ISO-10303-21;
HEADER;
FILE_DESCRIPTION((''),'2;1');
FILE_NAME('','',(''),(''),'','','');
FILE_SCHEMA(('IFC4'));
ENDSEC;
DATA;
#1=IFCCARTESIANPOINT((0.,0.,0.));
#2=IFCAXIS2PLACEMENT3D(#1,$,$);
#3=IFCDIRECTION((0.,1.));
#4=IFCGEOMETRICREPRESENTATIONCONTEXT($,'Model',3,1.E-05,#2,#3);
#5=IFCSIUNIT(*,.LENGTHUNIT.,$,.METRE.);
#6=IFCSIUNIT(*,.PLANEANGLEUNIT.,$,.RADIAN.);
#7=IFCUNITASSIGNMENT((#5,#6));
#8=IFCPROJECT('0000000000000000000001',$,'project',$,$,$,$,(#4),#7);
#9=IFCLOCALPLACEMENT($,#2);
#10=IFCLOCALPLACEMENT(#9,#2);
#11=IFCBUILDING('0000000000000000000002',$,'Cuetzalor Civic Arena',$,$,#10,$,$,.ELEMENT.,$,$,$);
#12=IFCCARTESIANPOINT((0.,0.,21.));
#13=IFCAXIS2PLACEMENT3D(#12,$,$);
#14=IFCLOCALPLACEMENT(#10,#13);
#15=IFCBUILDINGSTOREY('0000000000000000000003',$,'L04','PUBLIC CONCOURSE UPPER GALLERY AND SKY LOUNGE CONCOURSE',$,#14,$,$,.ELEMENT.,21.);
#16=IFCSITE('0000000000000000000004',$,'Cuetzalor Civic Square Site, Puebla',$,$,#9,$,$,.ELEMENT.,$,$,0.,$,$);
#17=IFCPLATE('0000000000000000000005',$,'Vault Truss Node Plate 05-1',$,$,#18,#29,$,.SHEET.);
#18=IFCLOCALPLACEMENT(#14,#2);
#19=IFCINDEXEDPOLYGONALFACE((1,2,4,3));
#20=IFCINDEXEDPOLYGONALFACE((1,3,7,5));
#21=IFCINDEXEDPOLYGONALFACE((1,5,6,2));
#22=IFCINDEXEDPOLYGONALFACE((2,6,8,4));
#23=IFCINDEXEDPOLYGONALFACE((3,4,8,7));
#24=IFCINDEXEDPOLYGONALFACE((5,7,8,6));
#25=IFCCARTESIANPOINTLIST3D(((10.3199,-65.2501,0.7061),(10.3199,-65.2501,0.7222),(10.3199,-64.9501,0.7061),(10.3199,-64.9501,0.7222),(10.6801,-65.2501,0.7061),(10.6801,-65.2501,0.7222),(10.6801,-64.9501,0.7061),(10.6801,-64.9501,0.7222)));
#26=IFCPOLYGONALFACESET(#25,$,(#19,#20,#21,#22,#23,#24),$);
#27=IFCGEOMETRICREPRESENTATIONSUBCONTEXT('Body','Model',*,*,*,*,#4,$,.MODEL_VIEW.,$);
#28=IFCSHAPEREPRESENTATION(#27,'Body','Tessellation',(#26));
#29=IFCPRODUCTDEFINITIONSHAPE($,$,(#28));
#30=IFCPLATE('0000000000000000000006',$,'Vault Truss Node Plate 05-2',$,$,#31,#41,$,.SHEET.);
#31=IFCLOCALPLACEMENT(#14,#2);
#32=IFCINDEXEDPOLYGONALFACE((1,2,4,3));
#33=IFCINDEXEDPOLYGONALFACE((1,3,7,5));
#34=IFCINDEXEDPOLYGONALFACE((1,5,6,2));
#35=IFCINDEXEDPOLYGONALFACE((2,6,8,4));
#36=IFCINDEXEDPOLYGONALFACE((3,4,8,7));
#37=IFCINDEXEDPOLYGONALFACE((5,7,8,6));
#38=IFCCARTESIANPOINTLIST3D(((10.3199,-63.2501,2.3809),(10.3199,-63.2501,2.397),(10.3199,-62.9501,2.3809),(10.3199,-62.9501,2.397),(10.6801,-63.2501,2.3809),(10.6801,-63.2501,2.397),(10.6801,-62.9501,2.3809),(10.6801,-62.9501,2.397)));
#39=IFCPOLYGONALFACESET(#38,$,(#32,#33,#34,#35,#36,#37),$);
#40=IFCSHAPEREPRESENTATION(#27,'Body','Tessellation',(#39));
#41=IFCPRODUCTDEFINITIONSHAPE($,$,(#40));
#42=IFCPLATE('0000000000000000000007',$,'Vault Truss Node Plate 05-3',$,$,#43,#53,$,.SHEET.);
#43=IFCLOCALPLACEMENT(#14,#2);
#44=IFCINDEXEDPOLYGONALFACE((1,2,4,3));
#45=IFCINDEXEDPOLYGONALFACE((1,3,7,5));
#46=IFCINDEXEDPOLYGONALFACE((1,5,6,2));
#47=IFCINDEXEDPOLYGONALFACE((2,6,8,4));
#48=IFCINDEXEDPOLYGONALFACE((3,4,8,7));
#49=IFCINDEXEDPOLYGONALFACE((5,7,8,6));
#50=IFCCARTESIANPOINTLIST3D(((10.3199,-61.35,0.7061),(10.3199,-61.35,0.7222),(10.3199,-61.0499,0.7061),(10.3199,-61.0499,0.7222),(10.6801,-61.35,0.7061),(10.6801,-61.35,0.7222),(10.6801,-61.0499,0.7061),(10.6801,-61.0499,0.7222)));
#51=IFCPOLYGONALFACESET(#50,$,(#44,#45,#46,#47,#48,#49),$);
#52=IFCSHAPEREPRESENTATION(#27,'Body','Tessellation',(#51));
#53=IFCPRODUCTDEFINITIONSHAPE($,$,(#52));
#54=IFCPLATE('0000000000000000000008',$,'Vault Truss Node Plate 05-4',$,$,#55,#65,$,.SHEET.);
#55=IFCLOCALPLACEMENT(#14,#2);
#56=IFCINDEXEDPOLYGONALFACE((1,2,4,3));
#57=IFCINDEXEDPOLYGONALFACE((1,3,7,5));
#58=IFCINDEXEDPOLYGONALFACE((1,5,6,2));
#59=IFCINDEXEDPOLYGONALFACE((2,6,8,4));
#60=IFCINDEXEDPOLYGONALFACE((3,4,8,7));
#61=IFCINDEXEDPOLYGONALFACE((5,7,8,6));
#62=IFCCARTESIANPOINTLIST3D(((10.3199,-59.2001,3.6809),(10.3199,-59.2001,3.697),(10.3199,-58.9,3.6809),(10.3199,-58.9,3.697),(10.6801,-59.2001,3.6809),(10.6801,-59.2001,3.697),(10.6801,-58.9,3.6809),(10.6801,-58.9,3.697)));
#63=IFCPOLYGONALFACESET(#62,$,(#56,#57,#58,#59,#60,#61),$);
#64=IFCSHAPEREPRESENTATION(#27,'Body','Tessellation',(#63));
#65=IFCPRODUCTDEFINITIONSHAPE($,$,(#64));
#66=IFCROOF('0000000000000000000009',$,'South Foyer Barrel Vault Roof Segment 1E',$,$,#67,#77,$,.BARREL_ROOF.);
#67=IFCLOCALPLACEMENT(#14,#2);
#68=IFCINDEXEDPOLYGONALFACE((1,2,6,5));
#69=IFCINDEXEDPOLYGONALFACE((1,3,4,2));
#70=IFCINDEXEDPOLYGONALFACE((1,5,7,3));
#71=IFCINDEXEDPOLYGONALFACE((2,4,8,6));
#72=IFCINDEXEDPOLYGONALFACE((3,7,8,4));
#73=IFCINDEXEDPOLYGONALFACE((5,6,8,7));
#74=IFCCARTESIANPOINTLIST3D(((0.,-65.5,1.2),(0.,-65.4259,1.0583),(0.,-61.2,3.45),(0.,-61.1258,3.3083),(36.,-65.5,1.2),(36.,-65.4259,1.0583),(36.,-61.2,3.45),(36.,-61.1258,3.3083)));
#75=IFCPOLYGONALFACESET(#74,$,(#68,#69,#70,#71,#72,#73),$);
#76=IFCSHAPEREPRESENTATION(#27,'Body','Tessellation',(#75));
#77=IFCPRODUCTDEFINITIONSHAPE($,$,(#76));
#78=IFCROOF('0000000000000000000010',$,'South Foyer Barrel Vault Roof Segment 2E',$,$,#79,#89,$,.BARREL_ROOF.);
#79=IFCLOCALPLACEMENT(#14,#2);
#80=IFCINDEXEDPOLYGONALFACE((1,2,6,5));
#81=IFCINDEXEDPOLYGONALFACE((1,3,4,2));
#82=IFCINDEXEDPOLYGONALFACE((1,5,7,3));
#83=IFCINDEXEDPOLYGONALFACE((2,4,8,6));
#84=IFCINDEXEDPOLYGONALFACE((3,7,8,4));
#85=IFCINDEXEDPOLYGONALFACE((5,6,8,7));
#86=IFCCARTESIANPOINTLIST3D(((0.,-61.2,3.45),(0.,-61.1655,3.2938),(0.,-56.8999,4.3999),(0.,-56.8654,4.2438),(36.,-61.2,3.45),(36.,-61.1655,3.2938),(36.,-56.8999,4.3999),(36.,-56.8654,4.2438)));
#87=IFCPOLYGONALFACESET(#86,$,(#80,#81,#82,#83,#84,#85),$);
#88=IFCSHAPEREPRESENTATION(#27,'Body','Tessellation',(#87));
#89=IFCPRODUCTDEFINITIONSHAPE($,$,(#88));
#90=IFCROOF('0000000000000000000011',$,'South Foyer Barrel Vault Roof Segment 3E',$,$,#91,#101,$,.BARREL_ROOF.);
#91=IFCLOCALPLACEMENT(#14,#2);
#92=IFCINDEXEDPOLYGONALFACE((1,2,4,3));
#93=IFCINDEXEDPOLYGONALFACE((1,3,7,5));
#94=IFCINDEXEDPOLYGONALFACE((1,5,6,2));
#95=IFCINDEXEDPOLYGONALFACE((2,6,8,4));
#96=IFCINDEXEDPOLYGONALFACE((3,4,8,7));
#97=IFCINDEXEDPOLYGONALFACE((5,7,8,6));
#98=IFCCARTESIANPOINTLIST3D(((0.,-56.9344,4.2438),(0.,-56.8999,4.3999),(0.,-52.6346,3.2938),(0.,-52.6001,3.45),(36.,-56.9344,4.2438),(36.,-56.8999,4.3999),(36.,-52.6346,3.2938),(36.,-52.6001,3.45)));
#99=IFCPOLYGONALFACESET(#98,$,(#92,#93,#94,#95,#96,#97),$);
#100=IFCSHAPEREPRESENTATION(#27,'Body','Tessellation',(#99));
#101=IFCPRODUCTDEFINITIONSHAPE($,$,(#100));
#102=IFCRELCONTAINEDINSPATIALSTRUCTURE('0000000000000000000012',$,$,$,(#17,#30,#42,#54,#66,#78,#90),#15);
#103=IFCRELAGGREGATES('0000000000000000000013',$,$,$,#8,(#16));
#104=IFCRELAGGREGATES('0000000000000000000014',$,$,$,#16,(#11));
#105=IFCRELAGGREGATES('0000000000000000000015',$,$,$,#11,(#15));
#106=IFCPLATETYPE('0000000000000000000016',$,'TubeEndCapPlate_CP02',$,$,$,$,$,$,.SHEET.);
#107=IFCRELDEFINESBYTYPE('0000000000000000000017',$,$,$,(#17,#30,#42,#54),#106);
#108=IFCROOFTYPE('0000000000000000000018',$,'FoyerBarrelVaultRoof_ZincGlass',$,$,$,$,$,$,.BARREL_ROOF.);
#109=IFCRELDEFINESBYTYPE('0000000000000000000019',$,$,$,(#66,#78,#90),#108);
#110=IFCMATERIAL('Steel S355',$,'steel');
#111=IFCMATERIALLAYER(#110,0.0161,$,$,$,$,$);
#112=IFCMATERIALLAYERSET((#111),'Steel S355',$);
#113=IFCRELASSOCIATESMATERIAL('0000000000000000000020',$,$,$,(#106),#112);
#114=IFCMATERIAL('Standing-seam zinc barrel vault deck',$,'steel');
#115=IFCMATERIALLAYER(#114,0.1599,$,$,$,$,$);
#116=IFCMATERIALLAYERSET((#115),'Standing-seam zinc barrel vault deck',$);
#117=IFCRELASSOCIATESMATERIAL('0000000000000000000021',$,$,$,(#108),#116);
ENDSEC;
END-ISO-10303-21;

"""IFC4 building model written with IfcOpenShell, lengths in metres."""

from ifc_helpers import new_model, si_unit, direction, frame, origin, origin_2d, place, context, subcontext, project, spatial, polyline, rectangle, outline, extrude, material, layer, layer_set, type_object, element, save


model = new_model("IFC4")

# Units and contexts
model_context = context("Model", 3, precision=1e-05, world=origin(), true_north=direction((0.0, 1.0)))
body_context = subcontext(model_context, "Body", "Model", "MODEL_VIEW")
ifc_project = project(units=[si_unit("LENGTHUNIT", "METRE"), si_unit("PLANEANGLEUNIT", "RADIAN")], contexts=[model_context])

# Site, building, storey
site_placement = place(None, origin())
site = spatial("IfcSite", under=ifc_project, at=site_placement, Name="Cuetzalor Civic Square Site, Puebla", CompositionType="ELEMENT", RefElevation=0.0)
building_placement = place(site_placement, origin())
building = spatial("IfcBuilding", under=site, at=building_placement, Name="Cuetzalor Civic Arena", CompositionType="ELEMENT")
storey_placement = place(building_placement, frame((0.0, 0.0, 21.0)))
storey = spatial("IfcBuildingStorey", under=building, at=storey_placement, Name="L04", Description="PUBLIC CONCOURSE UPPER GALLERY AND SKY LOUNGE CONCOURSE", CompositionType="ELEMENT", Elevation=21.0)

# Plates
ifc_material_1 = material(Name="Steel S355", Category="steel")
ifc_layer_1 = layer(ifc_material_1, 0.0161)
ifc_layer_set_1 = layer_set([ifc_layer_1], Name="Steel S355")
plate_type_1 = type_object("IfcPlateType", Name="TubeEndCapPlate_CP02", PredefinedType="SHEET", material=ifc_layer_set_1)
for number, where, z_axis, x_axis, name in (
    (1, (10.5, -65.1001, 0.7061), (0.0, 0.0, 1.0), (1.0, 0.0, 0.0), "Vault Truss Node Plate 05-1"),
    (2, (10.5, -63.1001, 2.3809), (0.0, 0.0, 1.0), (1.0, 0.0, 0.0), "Vault Truss Node Plate 05-2"),
    (3, (10.5, -61.2, 0.7061), (0.0, 0.0, 1.0), (1.0, 0.0, 0.0), "Vault Truss Node Plate 05-3"),
    (4, (10.5, -59.05, 3.6809), (0.0, 0.0, 1.0), (1.0, 0.0, 0.0), "Vault Truss Node Plate 05-4"),
):
    element("IfcPlate", number, at=place(storey_placement, frame(where, z_axis=z_axis, x_axis=x_axis)), inside=storey, type_object=plate_type_1, Name=name, PredefinedType="SHEET", context=body_context, shape_type="SweptSolid", body=[
        extrude(rectangle(XDim=0.3601, YDim=0.3, at=origin_2d()), origin(), (0.0, 0.0, 1.0), 0.0161),
    ])

# Roofs
ifc_material_2 = material(Name="Standing-seam zinc barrel vault deck", Category="steel")
ifc_layer_2 = layer(ifc_material_2, 0.1599)
ifc_layer_set_2 = layer_set([ifc_layer_2], Name="Standing-seam zinc barrel vault deck")
roof_type = type_object("IfcRoofType", Name="FoyerBarrelVaultRoof_ZincGlass", PredefinedType="BARREL_ROOF", material=ifc_layer_set_2)
roof_1_placement = place(storey_placement, frame((0.0, -65.5, 1.2), z_axis=(0.0, -0.463618, 0.886035), x_axis=(1.0, 0.0, 0.0)))
element("IfcRoof", 5, at=roof_1_placement, inside=storey, type_object=roof_type, Name="South Foyer Barrel Vault Roof Segment 1E", PredefinedType="BARREL_ROOF", context=body_context, shape_type="SweptSolid", body=[
    extrude(outline(polyline([(0.0, 0.0), (36.0, 0.0), (36.0, 4.8531), (0.0, 4.8531), (0.0, 0.0)])), origin(), (0.0, 0.0, -1.0), 0.1599),
])
roof_2_placement = place(storey_placement, frame((0.0, -61.2, 3.45), z_axis=(0.0, -0.215715, 0.976456), x_axis=(1.0, 0.0, 0.0)))
element("IfcRoof", 6, at=roof_2_placement, inside=storey, type_object=roof_type, Name="South Foyer Barrel Vault Roof Segment 2E", PredefinedType="BARREL_ROOF", context=body_context, shape_type="SweptSolid", body=[
    extrude(outline(polyline([(0.0, 0.0), (36.0, 0.0), (36.0, 4.4037), (0.0, 4.4037), (0.0, 0.0)])), origin(), (0.0, 0.0, -1.0), 0.1599),
])
roof_3_placement = place(storey_placement, frame((0.0, -56.8999, 4.3999), z_axis=(0.0, 0.215727, 0.976454), x_axis=(1.0, 0.0, 0.0)))
element("IfcRoof", 7, at=roof_3_placement, inside=storey, type_object=roof_type, Name="South Foyer Barrel Vault Roof Segment 3E", PredefinedType="BARREL_ROOF", context=body_context, shape_type="SweptSolid", body=[
    extrude(outline(polyline([(0.0, 0.0), (36.0, 0.0), (36.0, 4.4035), (0.0, 4.4035), (0.0, 0.0)])), origin(), (0.0, 0.0, -1.0), 0.1599),
])

save(model, "model.ifc")
